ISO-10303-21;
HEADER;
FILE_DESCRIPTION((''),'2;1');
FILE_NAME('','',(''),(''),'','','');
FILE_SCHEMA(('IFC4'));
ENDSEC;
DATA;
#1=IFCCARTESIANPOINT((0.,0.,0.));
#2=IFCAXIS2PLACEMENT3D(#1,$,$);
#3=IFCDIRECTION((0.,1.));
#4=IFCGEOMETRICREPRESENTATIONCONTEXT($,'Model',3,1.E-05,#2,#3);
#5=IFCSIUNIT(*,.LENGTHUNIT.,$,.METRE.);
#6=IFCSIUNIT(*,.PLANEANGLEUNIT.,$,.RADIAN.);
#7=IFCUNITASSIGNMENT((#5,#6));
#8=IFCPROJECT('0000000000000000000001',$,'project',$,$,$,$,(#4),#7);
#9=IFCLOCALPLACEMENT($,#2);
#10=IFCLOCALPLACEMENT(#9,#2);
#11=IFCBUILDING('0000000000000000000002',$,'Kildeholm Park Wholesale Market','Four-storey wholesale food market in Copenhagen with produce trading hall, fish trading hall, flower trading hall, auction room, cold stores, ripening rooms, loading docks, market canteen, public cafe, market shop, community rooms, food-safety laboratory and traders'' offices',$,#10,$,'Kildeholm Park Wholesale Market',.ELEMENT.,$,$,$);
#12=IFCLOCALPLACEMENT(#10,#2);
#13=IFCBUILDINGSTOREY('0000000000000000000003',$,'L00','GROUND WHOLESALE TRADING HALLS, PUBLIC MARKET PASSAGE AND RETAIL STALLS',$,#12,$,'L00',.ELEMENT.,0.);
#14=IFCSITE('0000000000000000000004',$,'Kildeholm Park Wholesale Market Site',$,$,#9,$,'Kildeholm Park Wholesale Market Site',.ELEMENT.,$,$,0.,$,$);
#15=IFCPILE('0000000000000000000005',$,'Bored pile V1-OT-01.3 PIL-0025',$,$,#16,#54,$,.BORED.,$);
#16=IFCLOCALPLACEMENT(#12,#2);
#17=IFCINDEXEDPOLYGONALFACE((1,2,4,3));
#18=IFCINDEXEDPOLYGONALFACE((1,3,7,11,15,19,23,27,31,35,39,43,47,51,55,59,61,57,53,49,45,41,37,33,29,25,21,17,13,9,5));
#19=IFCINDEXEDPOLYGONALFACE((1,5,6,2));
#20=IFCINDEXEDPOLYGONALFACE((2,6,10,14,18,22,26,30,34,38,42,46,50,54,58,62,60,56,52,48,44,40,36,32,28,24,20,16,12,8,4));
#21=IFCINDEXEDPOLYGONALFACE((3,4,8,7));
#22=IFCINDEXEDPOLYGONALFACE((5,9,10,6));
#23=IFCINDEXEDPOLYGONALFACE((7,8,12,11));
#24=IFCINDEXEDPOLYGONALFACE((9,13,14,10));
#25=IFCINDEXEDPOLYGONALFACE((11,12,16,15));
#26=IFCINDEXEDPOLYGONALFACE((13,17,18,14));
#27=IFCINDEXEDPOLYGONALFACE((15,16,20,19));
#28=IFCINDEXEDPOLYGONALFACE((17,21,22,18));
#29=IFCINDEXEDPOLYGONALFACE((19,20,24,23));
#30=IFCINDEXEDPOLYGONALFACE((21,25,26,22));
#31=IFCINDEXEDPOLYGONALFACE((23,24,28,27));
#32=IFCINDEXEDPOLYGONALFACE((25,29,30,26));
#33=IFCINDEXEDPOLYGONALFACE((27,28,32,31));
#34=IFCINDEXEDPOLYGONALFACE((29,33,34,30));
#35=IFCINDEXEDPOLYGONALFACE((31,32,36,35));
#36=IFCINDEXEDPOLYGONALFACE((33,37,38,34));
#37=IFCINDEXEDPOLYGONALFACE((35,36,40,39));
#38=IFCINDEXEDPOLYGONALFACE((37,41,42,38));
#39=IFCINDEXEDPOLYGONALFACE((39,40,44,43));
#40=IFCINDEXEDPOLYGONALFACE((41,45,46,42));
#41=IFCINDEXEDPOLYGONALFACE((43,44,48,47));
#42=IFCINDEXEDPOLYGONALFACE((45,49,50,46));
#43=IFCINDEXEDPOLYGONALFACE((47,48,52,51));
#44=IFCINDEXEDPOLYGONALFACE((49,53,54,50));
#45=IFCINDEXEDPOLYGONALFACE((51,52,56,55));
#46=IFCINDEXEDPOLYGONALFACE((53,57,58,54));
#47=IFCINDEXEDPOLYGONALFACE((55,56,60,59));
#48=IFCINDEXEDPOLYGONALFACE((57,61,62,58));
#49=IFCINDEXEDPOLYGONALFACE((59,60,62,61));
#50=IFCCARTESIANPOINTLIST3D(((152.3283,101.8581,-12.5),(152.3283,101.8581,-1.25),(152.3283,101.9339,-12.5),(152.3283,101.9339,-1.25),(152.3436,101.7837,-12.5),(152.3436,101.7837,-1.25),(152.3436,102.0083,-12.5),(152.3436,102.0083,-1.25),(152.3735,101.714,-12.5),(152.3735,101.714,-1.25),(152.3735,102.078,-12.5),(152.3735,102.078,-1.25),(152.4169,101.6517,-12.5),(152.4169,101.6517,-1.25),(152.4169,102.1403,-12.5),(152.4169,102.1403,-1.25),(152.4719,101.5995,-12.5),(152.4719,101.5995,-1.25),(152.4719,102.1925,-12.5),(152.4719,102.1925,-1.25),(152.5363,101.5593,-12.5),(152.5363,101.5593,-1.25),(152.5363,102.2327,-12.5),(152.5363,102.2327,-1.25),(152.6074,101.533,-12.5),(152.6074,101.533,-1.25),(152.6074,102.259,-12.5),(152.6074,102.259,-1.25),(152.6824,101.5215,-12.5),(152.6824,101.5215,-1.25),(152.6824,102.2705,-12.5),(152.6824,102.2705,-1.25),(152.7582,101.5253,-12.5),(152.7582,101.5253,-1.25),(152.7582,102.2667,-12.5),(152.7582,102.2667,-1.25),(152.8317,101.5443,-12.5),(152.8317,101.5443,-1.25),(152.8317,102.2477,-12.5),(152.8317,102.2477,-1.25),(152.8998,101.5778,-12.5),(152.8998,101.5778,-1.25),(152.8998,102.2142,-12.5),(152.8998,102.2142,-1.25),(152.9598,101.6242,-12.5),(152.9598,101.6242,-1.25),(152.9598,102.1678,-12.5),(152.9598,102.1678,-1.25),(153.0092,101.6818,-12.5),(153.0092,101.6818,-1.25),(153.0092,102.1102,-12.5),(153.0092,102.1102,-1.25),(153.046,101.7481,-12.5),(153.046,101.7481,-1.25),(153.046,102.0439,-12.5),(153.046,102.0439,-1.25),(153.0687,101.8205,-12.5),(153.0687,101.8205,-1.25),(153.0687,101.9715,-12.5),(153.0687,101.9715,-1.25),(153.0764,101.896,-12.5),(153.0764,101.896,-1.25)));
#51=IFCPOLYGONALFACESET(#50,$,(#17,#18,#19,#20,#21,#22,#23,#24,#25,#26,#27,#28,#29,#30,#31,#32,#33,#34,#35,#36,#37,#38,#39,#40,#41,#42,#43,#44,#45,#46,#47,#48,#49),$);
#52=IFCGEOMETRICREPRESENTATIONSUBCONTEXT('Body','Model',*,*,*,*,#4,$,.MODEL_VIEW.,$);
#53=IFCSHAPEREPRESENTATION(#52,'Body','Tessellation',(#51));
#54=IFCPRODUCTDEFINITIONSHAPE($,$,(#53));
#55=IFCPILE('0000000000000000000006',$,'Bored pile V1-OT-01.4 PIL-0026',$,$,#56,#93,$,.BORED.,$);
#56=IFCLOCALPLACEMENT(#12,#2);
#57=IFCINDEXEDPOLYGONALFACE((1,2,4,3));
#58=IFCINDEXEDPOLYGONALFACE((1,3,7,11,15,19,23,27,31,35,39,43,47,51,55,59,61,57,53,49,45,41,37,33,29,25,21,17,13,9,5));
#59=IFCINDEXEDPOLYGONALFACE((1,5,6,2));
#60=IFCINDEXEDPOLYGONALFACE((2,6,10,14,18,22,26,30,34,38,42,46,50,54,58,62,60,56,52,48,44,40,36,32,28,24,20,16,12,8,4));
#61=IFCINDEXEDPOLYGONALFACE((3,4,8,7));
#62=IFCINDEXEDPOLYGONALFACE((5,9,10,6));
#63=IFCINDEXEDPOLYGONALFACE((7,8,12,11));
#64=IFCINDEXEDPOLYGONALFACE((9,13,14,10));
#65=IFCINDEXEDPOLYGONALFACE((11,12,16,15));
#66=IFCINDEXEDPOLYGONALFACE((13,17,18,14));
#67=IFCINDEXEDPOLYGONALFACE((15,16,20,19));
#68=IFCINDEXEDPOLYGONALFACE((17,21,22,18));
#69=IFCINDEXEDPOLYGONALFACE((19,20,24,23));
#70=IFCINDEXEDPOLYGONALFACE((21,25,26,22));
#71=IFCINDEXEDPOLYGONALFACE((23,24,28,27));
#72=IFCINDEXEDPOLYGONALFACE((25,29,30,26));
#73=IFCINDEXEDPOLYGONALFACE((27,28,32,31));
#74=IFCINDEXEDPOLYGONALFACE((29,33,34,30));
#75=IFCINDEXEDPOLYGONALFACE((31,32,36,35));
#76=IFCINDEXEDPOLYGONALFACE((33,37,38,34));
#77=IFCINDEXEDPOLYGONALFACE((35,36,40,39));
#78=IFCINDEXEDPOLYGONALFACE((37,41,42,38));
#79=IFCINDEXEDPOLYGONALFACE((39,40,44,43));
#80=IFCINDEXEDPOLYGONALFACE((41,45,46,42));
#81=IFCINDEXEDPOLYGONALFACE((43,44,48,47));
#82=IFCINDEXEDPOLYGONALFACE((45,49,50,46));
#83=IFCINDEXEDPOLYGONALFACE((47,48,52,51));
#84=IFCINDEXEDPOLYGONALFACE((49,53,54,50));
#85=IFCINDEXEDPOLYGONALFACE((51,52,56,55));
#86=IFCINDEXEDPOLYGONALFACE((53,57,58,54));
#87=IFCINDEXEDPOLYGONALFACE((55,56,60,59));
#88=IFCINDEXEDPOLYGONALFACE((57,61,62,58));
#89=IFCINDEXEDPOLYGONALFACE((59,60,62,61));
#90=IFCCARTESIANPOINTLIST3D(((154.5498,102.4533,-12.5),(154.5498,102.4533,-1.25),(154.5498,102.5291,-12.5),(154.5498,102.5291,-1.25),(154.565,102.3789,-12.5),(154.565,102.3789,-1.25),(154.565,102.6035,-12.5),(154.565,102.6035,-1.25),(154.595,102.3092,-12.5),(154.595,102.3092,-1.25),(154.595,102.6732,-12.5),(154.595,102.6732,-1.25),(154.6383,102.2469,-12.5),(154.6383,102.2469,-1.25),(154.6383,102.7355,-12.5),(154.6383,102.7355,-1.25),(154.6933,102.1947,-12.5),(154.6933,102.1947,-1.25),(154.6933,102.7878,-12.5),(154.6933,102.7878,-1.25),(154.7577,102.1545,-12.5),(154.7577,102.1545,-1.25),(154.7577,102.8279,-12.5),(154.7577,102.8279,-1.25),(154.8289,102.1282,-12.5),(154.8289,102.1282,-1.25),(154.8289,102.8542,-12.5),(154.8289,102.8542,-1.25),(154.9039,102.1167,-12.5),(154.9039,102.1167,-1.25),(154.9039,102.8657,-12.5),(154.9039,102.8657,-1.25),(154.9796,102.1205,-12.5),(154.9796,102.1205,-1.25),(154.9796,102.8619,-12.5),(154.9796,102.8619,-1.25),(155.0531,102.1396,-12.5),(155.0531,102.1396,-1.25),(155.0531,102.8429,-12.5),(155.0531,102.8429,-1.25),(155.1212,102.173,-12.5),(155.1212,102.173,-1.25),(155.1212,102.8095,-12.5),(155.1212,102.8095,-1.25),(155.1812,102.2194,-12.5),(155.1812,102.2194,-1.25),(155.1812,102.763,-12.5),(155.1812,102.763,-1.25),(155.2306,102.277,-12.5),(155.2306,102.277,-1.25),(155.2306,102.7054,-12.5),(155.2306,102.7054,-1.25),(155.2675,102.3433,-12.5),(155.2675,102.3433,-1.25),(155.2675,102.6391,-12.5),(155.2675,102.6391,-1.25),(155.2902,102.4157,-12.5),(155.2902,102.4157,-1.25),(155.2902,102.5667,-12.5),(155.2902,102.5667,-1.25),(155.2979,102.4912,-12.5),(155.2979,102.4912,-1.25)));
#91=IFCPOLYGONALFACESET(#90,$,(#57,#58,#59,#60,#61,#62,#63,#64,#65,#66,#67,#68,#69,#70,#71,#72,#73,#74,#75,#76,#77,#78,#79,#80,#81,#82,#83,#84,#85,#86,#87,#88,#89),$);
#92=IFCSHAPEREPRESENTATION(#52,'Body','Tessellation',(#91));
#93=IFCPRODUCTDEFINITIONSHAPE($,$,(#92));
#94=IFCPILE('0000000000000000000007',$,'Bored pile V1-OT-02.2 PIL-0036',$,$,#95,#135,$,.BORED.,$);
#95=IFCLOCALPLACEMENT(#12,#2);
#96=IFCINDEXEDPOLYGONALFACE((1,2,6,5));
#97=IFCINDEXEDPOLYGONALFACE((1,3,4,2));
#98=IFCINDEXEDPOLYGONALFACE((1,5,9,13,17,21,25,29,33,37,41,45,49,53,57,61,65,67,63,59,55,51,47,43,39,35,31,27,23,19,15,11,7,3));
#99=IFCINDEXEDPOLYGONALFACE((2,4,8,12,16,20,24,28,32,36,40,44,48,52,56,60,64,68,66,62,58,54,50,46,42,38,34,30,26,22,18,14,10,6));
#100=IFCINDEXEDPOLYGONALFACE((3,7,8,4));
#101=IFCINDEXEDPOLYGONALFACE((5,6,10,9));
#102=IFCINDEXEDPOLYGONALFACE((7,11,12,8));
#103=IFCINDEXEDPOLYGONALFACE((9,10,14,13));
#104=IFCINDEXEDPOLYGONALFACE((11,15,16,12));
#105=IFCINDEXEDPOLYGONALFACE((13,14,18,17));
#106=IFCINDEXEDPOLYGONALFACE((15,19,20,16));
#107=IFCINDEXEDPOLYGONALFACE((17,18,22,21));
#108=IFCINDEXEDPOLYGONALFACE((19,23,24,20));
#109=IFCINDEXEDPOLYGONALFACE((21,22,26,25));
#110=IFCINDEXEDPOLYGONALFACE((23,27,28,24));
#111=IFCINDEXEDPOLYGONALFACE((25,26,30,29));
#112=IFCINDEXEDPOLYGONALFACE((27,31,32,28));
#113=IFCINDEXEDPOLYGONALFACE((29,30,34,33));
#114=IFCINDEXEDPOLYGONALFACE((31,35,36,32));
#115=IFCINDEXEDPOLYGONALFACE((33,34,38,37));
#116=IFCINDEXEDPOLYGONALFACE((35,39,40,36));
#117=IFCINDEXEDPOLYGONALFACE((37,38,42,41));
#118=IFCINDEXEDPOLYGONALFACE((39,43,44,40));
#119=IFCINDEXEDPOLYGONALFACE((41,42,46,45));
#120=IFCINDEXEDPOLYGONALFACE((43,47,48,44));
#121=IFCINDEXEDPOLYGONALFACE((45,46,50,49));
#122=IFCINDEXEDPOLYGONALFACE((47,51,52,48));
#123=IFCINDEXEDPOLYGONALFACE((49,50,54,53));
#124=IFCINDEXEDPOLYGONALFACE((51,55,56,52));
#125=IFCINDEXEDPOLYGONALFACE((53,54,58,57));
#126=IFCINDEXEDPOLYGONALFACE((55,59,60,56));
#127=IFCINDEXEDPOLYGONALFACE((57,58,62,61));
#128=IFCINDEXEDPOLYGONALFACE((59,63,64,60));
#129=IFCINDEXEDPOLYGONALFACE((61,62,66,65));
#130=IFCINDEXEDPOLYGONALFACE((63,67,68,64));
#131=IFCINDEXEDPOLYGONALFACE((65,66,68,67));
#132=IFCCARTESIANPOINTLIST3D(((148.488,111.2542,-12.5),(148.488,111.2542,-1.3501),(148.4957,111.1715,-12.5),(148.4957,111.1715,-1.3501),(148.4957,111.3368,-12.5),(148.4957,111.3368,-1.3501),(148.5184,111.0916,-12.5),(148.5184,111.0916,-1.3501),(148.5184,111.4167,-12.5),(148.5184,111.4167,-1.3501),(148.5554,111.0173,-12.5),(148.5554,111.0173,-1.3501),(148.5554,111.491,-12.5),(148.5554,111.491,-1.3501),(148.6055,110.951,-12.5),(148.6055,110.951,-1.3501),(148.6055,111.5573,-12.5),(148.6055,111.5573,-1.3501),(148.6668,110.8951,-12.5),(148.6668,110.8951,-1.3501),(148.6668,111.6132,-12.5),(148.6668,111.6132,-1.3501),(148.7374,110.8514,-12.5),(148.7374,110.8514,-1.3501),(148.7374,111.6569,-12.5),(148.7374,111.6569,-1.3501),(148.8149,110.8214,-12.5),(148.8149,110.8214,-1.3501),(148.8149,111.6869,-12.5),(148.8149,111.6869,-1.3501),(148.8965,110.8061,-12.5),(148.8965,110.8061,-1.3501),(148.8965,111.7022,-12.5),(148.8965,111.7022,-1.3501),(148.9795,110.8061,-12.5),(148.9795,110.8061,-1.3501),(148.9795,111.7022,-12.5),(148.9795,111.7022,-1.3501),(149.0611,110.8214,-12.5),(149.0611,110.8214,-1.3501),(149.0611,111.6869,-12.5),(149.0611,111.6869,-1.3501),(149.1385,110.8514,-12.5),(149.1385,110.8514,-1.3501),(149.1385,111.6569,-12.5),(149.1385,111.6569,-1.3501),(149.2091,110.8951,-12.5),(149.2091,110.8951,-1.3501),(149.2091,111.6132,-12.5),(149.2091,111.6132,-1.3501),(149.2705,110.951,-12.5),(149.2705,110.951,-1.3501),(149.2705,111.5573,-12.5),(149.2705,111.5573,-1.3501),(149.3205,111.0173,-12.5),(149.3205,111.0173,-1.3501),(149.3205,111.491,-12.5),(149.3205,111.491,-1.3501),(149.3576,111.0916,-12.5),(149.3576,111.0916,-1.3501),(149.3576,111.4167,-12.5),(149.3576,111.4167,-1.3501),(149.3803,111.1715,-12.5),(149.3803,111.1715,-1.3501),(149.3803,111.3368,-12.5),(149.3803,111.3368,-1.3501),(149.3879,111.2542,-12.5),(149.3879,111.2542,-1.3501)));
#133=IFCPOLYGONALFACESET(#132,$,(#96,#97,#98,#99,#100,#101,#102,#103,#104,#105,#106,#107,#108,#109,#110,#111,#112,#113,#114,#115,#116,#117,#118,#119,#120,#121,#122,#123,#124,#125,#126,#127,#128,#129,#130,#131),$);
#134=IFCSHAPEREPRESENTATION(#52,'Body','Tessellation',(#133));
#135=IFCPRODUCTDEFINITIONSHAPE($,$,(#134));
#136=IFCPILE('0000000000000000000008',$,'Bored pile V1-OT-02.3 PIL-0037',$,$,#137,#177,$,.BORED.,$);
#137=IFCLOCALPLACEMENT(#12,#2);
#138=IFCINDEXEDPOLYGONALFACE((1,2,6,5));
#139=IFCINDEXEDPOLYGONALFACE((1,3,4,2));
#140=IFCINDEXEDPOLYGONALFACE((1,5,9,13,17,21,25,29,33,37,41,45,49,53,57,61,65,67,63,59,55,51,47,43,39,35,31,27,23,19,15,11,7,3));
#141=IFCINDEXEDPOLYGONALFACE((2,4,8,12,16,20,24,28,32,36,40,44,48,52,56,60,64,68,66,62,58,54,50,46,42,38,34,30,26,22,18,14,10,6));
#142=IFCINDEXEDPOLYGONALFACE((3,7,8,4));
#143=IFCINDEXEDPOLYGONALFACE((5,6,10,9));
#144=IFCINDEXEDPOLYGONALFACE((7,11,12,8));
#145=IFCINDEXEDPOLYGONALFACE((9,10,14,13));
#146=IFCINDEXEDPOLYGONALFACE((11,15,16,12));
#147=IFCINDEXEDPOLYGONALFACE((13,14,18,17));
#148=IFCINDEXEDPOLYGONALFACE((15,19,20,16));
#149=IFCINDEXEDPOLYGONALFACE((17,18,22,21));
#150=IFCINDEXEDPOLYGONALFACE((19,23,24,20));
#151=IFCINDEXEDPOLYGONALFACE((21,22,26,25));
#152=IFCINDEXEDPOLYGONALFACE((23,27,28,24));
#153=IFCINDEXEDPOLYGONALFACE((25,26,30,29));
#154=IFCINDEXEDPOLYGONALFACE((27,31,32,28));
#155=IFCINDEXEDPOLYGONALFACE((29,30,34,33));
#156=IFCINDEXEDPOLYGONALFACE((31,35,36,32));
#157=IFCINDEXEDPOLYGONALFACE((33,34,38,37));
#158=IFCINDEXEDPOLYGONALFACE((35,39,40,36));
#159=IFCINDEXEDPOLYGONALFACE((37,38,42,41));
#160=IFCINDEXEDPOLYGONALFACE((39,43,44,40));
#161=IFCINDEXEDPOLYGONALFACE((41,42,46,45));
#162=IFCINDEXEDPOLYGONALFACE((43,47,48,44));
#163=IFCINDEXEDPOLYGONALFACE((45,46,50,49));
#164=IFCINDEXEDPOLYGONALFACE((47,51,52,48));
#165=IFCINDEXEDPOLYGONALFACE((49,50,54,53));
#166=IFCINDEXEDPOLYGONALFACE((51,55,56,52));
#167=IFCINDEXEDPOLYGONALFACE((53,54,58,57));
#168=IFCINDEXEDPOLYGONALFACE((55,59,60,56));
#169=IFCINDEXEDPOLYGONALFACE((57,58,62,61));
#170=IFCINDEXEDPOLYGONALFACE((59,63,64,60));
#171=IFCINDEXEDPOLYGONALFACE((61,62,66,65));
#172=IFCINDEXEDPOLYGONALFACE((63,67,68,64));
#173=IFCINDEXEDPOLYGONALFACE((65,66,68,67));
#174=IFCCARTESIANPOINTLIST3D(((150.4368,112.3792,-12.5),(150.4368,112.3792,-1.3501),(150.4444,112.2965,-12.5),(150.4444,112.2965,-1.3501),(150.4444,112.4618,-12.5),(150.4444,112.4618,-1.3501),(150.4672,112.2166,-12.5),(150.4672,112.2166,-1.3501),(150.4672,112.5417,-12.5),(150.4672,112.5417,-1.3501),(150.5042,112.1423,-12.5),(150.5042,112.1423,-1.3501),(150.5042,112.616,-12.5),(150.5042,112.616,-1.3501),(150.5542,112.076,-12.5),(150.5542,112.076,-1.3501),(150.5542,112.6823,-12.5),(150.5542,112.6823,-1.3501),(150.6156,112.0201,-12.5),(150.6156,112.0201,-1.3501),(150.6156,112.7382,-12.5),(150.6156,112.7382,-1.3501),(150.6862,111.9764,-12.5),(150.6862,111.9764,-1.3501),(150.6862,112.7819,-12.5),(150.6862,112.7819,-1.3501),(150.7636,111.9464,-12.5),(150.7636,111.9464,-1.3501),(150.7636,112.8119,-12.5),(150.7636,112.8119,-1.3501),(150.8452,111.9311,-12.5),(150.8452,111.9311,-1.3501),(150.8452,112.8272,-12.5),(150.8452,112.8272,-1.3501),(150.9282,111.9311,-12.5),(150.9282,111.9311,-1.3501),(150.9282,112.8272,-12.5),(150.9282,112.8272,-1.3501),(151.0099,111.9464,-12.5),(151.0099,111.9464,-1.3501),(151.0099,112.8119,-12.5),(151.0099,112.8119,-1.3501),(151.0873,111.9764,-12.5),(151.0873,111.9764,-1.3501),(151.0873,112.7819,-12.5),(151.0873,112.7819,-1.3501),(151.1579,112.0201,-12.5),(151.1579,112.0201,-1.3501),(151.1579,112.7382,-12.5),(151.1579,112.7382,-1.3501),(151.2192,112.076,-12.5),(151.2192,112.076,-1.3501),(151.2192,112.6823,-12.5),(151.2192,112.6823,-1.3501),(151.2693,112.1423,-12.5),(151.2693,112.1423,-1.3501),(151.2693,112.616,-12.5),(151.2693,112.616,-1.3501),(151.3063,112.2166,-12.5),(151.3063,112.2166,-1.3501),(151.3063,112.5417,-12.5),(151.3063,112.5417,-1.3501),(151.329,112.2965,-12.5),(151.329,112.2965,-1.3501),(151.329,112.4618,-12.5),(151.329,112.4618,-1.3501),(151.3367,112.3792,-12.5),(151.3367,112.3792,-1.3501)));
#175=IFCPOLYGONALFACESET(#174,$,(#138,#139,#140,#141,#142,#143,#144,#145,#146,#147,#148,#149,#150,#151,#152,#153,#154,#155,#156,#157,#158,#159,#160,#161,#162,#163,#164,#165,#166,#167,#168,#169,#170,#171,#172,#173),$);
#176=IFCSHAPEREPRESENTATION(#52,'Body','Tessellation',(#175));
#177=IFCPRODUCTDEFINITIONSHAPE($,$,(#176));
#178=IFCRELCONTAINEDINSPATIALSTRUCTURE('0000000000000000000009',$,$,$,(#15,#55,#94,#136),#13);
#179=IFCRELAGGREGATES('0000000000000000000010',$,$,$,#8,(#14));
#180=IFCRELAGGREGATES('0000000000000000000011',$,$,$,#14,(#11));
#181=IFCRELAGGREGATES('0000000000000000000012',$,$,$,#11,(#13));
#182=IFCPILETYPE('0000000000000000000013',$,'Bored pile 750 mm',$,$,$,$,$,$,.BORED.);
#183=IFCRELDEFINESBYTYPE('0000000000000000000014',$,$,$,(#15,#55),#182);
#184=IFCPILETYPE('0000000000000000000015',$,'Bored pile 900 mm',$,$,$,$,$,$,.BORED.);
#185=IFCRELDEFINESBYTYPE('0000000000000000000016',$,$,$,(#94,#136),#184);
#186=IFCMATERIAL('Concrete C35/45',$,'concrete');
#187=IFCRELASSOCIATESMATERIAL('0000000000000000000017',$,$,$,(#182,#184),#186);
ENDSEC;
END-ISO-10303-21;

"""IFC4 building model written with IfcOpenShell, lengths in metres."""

from ifc_helpers import new_model, si_unit, direction, frame, origin, origin_2d, place, context, subcontext, project, spatial, circle, extrude, material, material_profile, profile_set, type_object, element, save


model = new_model("IFC4")

# Units and contexts
model_context = context("Model", 3, precision=1e-05, world=origin(), true_north=direction((0.0, 1.0)))
body_context = subcontext(model_context, "Body", "Model", "MODEL_VIEW")
ifc_project = project(units=[si_unit("LENGTHUNIT", "METRE"), si_unit("PLANEANGLEUNIT", "RADIAN")], contexts=[model_context])

# Site, building, storey
site_placement = place(None, origin())
site = spatial("IfcSite", under=ifc_project, at=site_placement, Name="Kildeholm Park Wholesale Market Site", LongName="Kildeholm Park Wholesale Market Site", CompositionType="ELEMENT", RefElevation=0.0)
building_placement = place(site_placement, origin())
building = spatial("IfcBuilding", under=site, at=building_placement, Name="Kildeholm Park Wholesale Market", Description="Four-storey wholesale food market in Copenhagen with produce trading hall, fish trading hall, flower trading hall, auction room, cold stores, ripening rooms, loading docks, market canteen, public cafe, market shop, community rooms, food-safety laboratory and traders' offices", LongName="Kildeholm Park Wholesale Market", CompositionType="ELEMENT")
storey_placement = place(building_placement, origin())
storey = spatial("IfcBuildingStorey", under=building, at=storey_placement, Name="L00", Description="GROUND WHOLESALE TRADING HALLS, PUBLIC MARKET PASSAGE AND RETAIL STALLS", LongName="L00", CompositionType="ELEMENT", Elevation=0.0)

# Piles
ifc_material_1 = material(Name="Concrete C35/45", Category="concrete")
ifc_material_profile_1 = material_profile(ifc_material_1, circle(Radius=0.375, at=origin_2d()), Name="PILE D750")
ifc_profile_set_1 = profile_set([ifc_material_profile_1], Name="Concrete C35/45")
pile_type_1 = type_object("IfcPileType", Name="Bored pile 750 mm", PredefinedType="BORED", material=ifc_profile_set_1)
for number, where, z_axis, x_axis, name in (
    (1, (152.7014, 101.896, -1.25), (0.0, 0.0, -1.0), (1.0, 0.0, 0.0), "Bored pile V1-OT-01.3 PIL-0025"),
    (2, (154.9229, 102.4912, -1.25), (0.0, 0.0, -1.0), (1.0, 0.0, 0.0), "Bored pile V1-OT-01.4 PIL-0026"),
):
    element("IfcPile", number, at=place(storey_placement, frame(where, z_axis=z_axis, x_axis=x_axis)), inside=storey, type_object=pile_type_1, Name=name, PredefinedType="BORED", context=body_context, shape_type="SweptSolid", body=[
        extrude(circle(Radius=0.375, at=origin_2d()), origin(), (0.0, 0.0, 1.0), 11.25),
    ])
ifc_material_profile_2 = material_profile(ifc_material_1, circle(Radius=0.45, at=origin_2d()), Name="PILE D900")
ifc_profile_set_2 = profile_set([ifc_material_profile_2], Name="Concrete C35/45")
pile_type_2 = type_object("IfcPileType", Name="Bored pile 900 mm", PredefinedType="BORED", material=ifc_profile_set_2)
for number, where, z_axis, x_axis, name in (
    (3, (148.938, 111.2542, -1.3501), (0.0, 0.0, -1.0), (1.0, 0.0, 0.0), "Bored pile V1-OT-02.2 PIL-0036"),
    (4, (150.8867, 112.3792, -1.3501), (0.0, 0.0, -1.0), (1.0, 0.0, 0.0), "Bored pile V1-OT-02.3 PIL-0037"),
):
    element("IfcPile", number, at=place(storey_placement, frame(where, z_axis=z_axis, x_axis=x_axis)), inside=storey, type_object=pile_type_2, Name=name, PredefinedType="BORED", context=body_context, shape_type="SweptSolid", body=[
        extrude(circle(Radius=0.45, at=origin_2d()), origin(), (0.0, 0.0, 1.0), 11.1499),
    ])

save(model, "model.ifc")
